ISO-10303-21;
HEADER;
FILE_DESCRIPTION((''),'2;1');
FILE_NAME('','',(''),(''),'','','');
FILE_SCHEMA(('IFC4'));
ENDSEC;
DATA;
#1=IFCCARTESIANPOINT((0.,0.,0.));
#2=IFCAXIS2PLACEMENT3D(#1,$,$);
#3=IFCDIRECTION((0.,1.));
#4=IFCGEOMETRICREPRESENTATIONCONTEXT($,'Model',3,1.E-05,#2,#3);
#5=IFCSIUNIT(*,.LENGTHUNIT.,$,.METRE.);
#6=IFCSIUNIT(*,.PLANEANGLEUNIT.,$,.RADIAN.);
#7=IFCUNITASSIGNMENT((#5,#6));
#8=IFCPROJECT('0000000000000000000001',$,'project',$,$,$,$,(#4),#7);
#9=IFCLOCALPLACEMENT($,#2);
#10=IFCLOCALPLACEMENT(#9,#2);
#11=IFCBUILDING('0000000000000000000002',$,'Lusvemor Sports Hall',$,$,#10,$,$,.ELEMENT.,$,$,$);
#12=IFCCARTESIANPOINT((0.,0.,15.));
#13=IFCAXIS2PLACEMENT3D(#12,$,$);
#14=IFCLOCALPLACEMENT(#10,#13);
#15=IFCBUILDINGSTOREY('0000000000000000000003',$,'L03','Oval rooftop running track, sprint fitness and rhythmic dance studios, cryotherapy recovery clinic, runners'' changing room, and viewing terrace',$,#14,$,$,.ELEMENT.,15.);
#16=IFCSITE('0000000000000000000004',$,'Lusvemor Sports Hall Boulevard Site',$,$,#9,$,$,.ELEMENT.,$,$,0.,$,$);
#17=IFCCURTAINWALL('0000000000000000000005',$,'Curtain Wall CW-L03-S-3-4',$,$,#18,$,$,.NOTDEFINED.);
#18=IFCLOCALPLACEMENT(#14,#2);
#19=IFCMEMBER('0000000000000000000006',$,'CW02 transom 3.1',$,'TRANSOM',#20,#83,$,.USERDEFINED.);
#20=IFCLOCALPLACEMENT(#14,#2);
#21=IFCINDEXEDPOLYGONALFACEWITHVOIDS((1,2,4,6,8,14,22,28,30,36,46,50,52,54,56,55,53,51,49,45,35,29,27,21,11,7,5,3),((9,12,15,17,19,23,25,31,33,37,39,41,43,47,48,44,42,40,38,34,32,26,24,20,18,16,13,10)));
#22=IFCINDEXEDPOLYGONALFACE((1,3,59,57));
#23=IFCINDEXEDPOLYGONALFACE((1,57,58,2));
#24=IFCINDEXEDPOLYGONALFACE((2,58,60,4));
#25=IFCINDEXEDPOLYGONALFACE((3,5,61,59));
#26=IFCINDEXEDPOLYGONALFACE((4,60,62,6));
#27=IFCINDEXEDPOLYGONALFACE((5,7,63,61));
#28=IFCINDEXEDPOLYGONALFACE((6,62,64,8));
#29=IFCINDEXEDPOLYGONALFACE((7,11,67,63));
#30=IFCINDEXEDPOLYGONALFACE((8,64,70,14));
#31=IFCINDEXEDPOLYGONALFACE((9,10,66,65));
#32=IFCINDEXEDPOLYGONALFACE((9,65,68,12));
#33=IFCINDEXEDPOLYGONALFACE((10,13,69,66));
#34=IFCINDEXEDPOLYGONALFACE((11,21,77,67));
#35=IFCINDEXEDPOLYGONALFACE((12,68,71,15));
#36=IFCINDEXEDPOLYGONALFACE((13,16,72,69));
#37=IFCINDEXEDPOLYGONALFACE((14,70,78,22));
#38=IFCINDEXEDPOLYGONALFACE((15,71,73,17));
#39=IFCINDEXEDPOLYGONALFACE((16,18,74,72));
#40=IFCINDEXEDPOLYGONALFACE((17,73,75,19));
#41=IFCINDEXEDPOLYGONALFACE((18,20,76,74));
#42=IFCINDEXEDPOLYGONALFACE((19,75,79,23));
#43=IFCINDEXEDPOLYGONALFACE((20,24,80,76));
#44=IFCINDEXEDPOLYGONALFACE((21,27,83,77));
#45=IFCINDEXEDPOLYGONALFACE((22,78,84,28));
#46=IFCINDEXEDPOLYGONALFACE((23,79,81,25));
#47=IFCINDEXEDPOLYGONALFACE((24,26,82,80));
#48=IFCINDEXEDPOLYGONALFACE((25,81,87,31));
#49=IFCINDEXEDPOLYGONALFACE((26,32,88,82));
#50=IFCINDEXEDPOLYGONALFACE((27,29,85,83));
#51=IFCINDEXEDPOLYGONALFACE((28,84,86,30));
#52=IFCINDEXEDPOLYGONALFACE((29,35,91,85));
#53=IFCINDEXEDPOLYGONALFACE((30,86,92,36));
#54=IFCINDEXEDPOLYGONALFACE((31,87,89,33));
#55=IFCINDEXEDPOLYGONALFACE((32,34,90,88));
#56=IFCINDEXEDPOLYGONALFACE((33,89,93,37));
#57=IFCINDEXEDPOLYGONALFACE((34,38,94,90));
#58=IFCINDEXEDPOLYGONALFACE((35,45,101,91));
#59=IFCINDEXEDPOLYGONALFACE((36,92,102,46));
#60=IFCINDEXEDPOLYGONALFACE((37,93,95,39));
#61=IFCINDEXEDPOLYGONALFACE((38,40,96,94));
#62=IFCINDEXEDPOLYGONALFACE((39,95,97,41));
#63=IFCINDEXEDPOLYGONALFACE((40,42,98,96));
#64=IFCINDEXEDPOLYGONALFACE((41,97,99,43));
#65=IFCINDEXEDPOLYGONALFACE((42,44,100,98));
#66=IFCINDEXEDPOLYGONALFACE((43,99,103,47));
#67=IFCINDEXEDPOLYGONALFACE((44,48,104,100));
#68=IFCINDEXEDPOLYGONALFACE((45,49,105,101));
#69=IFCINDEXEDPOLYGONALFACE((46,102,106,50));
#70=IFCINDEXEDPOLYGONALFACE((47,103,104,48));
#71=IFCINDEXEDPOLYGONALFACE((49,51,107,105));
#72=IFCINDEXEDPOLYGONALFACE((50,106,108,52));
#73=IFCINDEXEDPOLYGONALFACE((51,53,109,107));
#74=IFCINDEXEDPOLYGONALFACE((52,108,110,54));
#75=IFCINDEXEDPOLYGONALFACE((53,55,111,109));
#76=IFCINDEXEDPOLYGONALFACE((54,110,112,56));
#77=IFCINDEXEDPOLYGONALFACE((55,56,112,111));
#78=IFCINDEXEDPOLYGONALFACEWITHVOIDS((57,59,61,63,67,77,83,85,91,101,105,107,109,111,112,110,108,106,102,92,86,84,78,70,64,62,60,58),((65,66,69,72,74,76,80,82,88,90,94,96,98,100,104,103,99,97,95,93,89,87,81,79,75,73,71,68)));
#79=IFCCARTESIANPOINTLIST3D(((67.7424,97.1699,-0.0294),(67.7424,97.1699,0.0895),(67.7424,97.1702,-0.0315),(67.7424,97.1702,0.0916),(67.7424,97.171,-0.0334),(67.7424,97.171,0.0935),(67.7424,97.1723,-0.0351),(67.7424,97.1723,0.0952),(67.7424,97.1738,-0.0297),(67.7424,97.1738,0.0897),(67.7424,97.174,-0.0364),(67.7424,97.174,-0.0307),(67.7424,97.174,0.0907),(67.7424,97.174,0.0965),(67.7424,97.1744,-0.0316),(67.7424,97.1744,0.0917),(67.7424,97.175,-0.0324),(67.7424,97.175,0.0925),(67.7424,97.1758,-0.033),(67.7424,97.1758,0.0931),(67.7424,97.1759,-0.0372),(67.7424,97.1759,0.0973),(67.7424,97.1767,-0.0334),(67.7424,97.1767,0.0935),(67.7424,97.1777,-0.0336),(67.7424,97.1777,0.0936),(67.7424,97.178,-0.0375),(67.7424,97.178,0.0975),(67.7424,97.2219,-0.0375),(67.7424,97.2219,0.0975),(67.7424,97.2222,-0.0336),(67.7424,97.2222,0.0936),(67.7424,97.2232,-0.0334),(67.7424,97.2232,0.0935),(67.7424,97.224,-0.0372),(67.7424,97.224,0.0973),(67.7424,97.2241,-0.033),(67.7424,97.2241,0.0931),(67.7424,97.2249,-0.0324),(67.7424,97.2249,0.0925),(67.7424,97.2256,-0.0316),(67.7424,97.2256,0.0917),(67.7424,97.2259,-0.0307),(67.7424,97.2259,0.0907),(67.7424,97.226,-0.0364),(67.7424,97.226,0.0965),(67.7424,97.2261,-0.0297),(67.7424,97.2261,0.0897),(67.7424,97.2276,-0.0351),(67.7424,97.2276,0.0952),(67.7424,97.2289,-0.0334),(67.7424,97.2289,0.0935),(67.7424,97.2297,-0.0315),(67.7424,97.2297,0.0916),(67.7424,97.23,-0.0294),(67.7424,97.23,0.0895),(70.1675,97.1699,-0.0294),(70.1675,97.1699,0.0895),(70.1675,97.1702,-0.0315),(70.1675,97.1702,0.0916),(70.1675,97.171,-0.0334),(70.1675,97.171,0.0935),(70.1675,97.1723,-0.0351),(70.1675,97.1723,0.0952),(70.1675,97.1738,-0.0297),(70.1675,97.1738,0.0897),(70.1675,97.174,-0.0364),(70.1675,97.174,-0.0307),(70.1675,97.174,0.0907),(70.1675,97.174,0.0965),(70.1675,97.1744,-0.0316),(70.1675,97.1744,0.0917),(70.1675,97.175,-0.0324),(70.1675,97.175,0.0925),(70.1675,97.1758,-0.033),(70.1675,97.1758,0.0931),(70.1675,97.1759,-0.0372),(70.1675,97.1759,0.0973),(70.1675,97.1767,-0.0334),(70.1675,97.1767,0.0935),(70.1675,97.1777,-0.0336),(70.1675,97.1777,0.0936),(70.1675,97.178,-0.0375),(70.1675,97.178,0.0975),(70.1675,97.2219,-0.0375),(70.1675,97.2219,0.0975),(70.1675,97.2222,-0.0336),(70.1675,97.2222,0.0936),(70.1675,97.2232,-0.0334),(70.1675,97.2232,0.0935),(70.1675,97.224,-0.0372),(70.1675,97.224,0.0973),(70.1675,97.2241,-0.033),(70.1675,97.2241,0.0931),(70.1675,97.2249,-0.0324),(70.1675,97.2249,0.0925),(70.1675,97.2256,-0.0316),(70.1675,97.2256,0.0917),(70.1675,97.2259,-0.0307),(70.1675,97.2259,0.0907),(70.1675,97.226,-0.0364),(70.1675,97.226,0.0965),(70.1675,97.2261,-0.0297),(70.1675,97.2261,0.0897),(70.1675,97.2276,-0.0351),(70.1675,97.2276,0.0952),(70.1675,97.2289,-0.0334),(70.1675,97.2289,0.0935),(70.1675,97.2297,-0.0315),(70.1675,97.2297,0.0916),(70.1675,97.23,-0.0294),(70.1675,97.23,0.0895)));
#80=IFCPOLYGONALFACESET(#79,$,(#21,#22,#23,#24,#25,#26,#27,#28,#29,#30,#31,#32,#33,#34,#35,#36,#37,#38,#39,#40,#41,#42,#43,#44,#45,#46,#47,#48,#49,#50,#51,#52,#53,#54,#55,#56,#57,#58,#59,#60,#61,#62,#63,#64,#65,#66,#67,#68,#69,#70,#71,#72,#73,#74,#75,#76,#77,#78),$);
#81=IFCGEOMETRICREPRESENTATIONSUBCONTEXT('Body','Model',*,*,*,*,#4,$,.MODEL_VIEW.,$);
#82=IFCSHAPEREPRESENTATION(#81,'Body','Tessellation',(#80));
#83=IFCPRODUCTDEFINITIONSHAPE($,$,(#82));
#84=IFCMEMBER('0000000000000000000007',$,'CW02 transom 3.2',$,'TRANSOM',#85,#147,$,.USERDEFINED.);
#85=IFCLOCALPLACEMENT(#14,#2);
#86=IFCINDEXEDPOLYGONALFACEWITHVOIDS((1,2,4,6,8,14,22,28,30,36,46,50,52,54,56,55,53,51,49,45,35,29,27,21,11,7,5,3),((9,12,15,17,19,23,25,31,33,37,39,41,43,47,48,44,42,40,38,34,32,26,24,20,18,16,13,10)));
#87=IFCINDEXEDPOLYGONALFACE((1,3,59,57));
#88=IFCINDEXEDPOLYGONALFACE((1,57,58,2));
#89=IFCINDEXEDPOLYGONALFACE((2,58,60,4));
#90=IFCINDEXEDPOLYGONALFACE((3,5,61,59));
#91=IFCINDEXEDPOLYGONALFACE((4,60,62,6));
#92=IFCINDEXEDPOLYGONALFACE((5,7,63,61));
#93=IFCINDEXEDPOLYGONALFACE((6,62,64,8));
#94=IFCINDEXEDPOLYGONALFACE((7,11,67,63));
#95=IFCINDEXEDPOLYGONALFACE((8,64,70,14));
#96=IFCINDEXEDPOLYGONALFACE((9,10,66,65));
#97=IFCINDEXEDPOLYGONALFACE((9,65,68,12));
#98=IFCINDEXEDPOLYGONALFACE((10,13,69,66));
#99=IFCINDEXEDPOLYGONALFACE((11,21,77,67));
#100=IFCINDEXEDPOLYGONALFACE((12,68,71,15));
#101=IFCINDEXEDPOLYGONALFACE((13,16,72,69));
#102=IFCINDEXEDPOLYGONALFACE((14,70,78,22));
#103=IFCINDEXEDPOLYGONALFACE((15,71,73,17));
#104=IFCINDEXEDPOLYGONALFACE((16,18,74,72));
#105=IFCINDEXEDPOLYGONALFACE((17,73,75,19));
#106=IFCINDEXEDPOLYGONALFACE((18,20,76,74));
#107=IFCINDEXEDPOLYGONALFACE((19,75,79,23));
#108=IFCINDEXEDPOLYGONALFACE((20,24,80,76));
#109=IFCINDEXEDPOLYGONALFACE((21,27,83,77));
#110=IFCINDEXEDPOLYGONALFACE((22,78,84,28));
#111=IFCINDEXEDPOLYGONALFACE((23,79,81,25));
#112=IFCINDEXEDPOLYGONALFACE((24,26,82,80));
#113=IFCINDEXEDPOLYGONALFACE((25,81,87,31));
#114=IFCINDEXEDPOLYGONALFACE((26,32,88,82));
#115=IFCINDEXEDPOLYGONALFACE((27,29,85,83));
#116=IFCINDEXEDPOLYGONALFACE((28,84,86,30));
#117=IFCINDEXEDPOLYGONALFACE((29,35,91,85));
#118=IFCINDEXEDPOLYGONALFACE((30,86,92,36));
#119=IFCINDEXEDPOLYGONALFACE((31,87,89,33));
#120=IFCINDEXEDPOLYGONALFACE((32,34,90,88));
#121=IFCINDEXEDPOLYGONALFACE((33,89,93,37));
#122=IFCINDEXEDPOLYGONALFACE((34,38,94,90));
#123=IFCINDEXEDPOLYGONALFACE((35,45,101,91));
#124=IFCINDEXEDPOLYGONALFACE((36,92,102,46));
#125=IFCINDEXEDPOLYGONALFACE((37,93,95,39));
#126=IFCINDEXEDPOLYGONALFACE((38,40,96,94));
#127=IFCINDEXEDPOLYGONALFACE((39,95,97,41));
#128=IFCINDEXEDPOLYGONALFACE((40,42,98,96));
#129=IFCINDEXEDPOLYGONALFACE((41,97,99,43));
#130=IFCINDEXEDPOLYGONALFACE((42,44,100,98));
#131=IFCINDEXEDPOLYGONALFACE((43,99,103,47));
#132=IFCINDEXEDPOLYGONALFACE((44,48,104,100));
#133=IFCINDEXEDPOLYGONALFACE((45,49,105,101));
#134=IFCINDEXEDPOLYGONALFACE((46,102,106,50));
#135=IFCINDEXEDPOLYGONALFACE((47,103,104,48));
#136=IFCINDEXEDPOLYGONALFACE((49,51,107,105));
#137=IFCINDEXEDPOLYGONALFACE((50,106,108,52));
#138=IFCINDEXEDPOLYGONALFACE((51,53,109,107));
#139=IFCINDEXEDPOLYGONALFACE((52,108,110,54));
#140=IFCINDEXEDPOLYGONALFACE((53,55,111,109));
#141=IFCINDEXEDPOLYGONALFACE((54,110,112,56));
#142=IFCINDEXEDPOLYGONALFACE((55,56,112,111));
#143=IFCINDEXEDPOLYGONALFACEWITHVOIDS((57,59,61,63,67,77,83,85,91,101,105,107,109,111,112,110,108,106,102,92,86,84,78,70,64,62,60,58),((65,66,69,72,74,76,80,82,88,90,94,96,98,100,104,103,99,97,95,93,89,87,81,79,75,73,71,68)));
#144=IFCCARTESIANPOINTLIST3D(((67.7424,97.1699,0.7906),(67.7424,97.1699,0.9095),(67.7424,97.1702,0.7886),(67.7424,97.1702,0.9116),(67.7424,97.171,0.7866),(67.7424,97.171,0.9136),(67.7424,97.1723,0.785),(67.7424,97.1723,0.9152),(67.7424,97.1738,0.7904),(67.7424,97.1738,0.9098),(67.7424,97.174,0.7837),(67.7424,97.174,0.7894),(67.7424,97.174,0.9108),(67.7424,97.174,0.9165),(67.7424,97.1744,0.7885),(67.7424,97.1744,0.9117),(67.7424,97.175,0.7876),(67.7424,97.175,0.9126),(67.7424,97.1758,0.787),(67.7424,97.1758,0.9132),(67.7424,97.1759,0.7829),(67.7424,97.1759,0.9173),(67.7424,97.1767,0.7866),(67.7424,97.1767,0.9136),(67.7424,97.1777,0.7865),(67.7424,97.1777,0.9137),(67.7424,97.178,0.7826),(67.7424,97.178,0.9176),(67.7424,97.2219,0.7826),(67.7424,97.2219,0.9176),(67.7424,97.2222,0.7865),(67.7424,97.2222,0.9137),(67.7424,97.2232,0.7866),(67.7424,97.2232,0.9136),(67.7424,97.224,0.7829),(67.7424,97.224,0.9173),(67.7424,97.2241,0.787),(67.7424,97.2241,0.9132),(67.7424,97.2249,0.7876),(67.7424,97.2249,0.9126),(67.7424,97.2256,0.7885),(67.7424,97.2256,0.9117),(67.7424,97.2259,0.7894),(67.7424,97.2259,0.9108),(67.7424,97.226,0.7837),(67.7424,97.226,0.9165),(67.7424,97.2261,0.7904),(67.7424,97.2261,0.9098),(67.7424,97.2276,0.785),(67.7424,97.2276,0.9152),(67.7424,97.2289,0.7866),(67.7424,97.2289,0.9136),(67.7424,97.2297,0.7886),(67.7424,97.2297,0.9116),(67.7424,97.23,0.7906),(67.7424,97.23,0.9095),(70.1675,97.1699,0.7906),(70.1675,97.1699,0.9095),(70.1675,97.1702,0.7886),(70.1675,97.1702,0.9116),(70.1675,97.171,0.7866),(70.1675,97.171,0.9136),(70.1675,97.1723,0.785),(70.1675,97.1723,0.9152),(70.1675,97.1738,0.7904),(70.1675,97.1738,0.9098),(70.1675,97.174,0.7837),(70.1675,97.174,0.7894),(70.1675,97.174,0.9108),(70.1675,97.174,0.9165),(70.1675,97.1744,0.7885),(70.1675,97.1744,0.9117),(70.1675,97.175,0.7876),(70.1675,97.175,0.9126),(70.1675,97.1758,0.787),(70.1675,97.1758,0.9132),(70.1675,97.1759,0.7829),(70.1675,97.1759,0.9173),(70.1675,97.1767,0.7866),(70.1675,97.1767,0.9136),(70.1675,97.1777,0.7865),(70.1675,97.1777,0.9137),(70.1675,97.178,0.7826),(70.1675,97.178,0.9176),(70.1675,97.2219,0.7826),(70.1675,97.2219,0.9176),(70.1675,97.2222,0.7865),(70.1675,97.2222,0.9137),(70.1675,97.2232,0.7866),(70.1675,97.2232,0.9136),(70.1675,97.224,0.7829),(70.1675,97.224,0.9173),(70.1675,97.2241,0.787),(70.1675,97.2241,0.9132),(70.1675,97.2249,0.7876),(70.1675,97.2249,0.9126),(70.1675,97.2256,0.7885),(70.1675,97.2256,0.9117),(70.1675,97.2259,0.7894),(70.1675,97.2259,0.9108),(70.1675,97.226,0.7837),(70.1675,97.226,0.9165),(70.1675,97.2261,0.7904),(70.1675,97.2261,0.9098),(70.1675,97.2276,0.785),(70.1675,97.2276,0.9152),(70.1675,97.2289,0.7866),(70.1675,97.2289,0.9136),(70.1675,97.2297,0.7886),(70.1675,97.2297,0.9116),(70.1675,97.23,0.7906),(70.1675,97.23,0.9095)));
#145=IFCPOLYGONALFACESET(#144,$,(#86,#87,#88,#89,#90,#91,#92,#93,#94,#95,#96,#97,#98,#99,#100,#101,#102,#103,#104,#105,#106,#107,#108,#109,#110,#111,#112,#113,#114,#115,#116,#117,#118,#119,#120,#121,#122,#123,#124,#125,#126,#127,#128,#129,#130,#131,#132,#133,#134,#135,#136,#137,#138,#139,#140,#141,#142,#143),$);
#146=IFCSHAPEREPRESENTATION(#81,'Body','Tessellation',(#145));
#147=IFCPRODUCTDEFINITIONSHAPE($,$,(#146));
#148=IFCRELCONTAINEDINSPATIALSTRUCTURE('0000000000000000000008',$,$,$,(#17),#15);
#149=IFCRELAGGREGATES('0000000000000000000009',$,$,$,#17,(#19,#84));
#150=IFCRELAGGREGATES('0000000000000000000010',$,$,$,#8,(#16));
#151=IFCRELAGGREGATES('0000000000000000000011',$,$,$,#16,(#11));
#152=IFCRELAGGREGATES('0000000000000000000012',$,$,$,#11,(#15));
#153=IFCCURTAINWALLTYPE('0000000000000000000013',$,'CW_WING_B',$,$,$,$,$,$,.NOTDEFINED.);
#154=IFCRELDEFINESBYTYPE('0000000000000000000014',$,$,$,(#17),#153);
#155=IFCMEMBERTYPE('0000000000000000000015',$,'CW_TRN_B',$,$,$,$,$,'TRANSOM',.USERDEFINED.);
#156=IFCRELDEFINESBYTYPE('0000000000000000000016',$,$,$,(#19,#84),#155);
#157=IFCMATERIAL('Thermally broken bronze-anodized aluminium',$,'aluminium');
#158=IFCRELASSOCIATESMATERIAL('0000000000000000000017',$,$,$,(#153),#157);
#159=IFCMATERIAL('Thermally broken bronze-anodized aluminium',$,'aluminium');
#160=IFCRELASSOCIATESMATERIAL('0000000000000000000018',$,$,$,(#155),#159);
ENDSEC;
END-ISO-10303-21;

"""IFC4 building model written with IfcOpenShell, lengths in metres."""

from ifc_helpers import new_model, si_unit, direction, frame, origin, origin_2d, place, context, subcontext, project, spatial, hollow_rectangle, extrude, material, material_profile, profile_set, type_object, element, aggregate, save


model = new_model("IFC4")

# Units and contexts
model_context = context("Model", 3, precision=1e-05, world=origin(), true_north=direction((0.0, 1.0)))
body_context = subcontext(model_context, "Body", "Model", "MODEL_VIEW")
ifc_project = project(units=[si_unit("LENGTHUNIT", "METRE"), si_unit("PLANEANGLEUNIT", "RADIAN")], contexts=[model_context])

# Site, building, storey
site_placement = place(None, origin())
site = spatial("IfcSite", under=ifc_project, at=site_placement, Name="Lusvemor Sports Hall Boulevard Site", CompositionType="ELEMENT", RefElevation=0.0)
building_placement = place(site_placement, origin())
building = spatial("IfcBuilding", under=site, at=building_placement, Name="Lusvemor Sports Hall", CompositionType="ELEMENT")
storey_placement = place(building_placement, frame((0.0, 0.0, 15.0)))
storey = spatial("IfcBuildingStorey", under=building, at=storey_placement, Name="L03", Description="Oval rooftop running track, sprint fitness and rhythmic dance studios, cryotherapy recovery clinic, runners' changing room, and viewing terrace", CompositionType="ELEMENT", Elevation=15.0)

# Curtain wall, members
ifc_material_1 = material(Name="Thermally broken bronze-anodized aluminium", Category="aluminium")
curtain_wall_type = type_object("IfcCurtainWallType", Name="CW_WING_B", PredefinedType="NOTDEFINED", material=ifc_material_1)
curtain_wall_placement = place(storey_placement, origin())
curtain_wall = element("IfcCurtainWall", 1, at=curtain_wall_placement, inside=storey, type_object=curtain_wall_type, Name="Curtain Wall CW-L03-S-3-4", PredefinedType="NOTDEFINED")
ifc_material_2 = material(Name="Thermally broken bronze-anodized aluminium", Category="aluminium")
ifc_material_profile_1 = material_profile(ifc_material_2, hollow_rectangle(XDim=0.0601, YDim=0.135, WallThickness=0.0039, InnerFilletRadius=0.0039, OuterFilletRadius=0.0081, at=origin_2d()), Name="CWTRN135x60x4")
ifc_profile_set_1 = profile_set([ifc_material_profile_1], Name="Thermally broken bronze-anodized aluminium")
member_type_1 = type_object("IfcMemberType", Name="CW_TRN_B", ElementType="TRANSOM", PredefinedType="USERDEFINED", material=ifc_profile_set_1)
member_1_placement = place(storey_placement, frame((70.1675, 97.2, 0.03), z_axis=(-1.0, 0.0, 0.0), x_axis=(0.0, -1.0, 0.0)))
member_1 = element("IfcMember", 2, at=member_1_placement, type_object=member_type_1, Name="CW02 transom 3.1", ObjectType="TRANSOM", PredefinedType="USERDEFINED", context=body_context, shape_type="SweptSolid", body=[
    extrude(hollow_rectangle(XDim=0.0601, YDim=0.135, WallThickness=0.0039, InnerFilletRadius=0.0039, OuterFilletRadius=0.0081, at=origin_2d()), origin(), (0.0, 0.0, 1.0), 2.425),
])
member_2_placement = place(storey_placement, frame((70.1675, 97.2, 0.8501), z_axis=(-1.0, 0.0, 0.0), x_axis=(0.0, -1.0, 0.0)))
member_2 = element("IfcMember", 3, at=member_2_placement, type_object=member_type_1, Name="CW02 transom 3.2", ObjectType="TRANSOM", PredefinedType="USERDEFINED", context=body_context, shape_type="SweptSolid", body=[
    extrude(hollow_rectangle(XDim=0.0601, YDim=0.135, WallThickness=0.0039, InnerFilletRadius=0.0039, OuterFilletRadius=0.0081, at=origin_2d()), origin(), (0.0, 0.0, 1.0), 2.425),
])

aggregate(curtain_wall, [member_1, member_2])

save(model, "model.ifc")
